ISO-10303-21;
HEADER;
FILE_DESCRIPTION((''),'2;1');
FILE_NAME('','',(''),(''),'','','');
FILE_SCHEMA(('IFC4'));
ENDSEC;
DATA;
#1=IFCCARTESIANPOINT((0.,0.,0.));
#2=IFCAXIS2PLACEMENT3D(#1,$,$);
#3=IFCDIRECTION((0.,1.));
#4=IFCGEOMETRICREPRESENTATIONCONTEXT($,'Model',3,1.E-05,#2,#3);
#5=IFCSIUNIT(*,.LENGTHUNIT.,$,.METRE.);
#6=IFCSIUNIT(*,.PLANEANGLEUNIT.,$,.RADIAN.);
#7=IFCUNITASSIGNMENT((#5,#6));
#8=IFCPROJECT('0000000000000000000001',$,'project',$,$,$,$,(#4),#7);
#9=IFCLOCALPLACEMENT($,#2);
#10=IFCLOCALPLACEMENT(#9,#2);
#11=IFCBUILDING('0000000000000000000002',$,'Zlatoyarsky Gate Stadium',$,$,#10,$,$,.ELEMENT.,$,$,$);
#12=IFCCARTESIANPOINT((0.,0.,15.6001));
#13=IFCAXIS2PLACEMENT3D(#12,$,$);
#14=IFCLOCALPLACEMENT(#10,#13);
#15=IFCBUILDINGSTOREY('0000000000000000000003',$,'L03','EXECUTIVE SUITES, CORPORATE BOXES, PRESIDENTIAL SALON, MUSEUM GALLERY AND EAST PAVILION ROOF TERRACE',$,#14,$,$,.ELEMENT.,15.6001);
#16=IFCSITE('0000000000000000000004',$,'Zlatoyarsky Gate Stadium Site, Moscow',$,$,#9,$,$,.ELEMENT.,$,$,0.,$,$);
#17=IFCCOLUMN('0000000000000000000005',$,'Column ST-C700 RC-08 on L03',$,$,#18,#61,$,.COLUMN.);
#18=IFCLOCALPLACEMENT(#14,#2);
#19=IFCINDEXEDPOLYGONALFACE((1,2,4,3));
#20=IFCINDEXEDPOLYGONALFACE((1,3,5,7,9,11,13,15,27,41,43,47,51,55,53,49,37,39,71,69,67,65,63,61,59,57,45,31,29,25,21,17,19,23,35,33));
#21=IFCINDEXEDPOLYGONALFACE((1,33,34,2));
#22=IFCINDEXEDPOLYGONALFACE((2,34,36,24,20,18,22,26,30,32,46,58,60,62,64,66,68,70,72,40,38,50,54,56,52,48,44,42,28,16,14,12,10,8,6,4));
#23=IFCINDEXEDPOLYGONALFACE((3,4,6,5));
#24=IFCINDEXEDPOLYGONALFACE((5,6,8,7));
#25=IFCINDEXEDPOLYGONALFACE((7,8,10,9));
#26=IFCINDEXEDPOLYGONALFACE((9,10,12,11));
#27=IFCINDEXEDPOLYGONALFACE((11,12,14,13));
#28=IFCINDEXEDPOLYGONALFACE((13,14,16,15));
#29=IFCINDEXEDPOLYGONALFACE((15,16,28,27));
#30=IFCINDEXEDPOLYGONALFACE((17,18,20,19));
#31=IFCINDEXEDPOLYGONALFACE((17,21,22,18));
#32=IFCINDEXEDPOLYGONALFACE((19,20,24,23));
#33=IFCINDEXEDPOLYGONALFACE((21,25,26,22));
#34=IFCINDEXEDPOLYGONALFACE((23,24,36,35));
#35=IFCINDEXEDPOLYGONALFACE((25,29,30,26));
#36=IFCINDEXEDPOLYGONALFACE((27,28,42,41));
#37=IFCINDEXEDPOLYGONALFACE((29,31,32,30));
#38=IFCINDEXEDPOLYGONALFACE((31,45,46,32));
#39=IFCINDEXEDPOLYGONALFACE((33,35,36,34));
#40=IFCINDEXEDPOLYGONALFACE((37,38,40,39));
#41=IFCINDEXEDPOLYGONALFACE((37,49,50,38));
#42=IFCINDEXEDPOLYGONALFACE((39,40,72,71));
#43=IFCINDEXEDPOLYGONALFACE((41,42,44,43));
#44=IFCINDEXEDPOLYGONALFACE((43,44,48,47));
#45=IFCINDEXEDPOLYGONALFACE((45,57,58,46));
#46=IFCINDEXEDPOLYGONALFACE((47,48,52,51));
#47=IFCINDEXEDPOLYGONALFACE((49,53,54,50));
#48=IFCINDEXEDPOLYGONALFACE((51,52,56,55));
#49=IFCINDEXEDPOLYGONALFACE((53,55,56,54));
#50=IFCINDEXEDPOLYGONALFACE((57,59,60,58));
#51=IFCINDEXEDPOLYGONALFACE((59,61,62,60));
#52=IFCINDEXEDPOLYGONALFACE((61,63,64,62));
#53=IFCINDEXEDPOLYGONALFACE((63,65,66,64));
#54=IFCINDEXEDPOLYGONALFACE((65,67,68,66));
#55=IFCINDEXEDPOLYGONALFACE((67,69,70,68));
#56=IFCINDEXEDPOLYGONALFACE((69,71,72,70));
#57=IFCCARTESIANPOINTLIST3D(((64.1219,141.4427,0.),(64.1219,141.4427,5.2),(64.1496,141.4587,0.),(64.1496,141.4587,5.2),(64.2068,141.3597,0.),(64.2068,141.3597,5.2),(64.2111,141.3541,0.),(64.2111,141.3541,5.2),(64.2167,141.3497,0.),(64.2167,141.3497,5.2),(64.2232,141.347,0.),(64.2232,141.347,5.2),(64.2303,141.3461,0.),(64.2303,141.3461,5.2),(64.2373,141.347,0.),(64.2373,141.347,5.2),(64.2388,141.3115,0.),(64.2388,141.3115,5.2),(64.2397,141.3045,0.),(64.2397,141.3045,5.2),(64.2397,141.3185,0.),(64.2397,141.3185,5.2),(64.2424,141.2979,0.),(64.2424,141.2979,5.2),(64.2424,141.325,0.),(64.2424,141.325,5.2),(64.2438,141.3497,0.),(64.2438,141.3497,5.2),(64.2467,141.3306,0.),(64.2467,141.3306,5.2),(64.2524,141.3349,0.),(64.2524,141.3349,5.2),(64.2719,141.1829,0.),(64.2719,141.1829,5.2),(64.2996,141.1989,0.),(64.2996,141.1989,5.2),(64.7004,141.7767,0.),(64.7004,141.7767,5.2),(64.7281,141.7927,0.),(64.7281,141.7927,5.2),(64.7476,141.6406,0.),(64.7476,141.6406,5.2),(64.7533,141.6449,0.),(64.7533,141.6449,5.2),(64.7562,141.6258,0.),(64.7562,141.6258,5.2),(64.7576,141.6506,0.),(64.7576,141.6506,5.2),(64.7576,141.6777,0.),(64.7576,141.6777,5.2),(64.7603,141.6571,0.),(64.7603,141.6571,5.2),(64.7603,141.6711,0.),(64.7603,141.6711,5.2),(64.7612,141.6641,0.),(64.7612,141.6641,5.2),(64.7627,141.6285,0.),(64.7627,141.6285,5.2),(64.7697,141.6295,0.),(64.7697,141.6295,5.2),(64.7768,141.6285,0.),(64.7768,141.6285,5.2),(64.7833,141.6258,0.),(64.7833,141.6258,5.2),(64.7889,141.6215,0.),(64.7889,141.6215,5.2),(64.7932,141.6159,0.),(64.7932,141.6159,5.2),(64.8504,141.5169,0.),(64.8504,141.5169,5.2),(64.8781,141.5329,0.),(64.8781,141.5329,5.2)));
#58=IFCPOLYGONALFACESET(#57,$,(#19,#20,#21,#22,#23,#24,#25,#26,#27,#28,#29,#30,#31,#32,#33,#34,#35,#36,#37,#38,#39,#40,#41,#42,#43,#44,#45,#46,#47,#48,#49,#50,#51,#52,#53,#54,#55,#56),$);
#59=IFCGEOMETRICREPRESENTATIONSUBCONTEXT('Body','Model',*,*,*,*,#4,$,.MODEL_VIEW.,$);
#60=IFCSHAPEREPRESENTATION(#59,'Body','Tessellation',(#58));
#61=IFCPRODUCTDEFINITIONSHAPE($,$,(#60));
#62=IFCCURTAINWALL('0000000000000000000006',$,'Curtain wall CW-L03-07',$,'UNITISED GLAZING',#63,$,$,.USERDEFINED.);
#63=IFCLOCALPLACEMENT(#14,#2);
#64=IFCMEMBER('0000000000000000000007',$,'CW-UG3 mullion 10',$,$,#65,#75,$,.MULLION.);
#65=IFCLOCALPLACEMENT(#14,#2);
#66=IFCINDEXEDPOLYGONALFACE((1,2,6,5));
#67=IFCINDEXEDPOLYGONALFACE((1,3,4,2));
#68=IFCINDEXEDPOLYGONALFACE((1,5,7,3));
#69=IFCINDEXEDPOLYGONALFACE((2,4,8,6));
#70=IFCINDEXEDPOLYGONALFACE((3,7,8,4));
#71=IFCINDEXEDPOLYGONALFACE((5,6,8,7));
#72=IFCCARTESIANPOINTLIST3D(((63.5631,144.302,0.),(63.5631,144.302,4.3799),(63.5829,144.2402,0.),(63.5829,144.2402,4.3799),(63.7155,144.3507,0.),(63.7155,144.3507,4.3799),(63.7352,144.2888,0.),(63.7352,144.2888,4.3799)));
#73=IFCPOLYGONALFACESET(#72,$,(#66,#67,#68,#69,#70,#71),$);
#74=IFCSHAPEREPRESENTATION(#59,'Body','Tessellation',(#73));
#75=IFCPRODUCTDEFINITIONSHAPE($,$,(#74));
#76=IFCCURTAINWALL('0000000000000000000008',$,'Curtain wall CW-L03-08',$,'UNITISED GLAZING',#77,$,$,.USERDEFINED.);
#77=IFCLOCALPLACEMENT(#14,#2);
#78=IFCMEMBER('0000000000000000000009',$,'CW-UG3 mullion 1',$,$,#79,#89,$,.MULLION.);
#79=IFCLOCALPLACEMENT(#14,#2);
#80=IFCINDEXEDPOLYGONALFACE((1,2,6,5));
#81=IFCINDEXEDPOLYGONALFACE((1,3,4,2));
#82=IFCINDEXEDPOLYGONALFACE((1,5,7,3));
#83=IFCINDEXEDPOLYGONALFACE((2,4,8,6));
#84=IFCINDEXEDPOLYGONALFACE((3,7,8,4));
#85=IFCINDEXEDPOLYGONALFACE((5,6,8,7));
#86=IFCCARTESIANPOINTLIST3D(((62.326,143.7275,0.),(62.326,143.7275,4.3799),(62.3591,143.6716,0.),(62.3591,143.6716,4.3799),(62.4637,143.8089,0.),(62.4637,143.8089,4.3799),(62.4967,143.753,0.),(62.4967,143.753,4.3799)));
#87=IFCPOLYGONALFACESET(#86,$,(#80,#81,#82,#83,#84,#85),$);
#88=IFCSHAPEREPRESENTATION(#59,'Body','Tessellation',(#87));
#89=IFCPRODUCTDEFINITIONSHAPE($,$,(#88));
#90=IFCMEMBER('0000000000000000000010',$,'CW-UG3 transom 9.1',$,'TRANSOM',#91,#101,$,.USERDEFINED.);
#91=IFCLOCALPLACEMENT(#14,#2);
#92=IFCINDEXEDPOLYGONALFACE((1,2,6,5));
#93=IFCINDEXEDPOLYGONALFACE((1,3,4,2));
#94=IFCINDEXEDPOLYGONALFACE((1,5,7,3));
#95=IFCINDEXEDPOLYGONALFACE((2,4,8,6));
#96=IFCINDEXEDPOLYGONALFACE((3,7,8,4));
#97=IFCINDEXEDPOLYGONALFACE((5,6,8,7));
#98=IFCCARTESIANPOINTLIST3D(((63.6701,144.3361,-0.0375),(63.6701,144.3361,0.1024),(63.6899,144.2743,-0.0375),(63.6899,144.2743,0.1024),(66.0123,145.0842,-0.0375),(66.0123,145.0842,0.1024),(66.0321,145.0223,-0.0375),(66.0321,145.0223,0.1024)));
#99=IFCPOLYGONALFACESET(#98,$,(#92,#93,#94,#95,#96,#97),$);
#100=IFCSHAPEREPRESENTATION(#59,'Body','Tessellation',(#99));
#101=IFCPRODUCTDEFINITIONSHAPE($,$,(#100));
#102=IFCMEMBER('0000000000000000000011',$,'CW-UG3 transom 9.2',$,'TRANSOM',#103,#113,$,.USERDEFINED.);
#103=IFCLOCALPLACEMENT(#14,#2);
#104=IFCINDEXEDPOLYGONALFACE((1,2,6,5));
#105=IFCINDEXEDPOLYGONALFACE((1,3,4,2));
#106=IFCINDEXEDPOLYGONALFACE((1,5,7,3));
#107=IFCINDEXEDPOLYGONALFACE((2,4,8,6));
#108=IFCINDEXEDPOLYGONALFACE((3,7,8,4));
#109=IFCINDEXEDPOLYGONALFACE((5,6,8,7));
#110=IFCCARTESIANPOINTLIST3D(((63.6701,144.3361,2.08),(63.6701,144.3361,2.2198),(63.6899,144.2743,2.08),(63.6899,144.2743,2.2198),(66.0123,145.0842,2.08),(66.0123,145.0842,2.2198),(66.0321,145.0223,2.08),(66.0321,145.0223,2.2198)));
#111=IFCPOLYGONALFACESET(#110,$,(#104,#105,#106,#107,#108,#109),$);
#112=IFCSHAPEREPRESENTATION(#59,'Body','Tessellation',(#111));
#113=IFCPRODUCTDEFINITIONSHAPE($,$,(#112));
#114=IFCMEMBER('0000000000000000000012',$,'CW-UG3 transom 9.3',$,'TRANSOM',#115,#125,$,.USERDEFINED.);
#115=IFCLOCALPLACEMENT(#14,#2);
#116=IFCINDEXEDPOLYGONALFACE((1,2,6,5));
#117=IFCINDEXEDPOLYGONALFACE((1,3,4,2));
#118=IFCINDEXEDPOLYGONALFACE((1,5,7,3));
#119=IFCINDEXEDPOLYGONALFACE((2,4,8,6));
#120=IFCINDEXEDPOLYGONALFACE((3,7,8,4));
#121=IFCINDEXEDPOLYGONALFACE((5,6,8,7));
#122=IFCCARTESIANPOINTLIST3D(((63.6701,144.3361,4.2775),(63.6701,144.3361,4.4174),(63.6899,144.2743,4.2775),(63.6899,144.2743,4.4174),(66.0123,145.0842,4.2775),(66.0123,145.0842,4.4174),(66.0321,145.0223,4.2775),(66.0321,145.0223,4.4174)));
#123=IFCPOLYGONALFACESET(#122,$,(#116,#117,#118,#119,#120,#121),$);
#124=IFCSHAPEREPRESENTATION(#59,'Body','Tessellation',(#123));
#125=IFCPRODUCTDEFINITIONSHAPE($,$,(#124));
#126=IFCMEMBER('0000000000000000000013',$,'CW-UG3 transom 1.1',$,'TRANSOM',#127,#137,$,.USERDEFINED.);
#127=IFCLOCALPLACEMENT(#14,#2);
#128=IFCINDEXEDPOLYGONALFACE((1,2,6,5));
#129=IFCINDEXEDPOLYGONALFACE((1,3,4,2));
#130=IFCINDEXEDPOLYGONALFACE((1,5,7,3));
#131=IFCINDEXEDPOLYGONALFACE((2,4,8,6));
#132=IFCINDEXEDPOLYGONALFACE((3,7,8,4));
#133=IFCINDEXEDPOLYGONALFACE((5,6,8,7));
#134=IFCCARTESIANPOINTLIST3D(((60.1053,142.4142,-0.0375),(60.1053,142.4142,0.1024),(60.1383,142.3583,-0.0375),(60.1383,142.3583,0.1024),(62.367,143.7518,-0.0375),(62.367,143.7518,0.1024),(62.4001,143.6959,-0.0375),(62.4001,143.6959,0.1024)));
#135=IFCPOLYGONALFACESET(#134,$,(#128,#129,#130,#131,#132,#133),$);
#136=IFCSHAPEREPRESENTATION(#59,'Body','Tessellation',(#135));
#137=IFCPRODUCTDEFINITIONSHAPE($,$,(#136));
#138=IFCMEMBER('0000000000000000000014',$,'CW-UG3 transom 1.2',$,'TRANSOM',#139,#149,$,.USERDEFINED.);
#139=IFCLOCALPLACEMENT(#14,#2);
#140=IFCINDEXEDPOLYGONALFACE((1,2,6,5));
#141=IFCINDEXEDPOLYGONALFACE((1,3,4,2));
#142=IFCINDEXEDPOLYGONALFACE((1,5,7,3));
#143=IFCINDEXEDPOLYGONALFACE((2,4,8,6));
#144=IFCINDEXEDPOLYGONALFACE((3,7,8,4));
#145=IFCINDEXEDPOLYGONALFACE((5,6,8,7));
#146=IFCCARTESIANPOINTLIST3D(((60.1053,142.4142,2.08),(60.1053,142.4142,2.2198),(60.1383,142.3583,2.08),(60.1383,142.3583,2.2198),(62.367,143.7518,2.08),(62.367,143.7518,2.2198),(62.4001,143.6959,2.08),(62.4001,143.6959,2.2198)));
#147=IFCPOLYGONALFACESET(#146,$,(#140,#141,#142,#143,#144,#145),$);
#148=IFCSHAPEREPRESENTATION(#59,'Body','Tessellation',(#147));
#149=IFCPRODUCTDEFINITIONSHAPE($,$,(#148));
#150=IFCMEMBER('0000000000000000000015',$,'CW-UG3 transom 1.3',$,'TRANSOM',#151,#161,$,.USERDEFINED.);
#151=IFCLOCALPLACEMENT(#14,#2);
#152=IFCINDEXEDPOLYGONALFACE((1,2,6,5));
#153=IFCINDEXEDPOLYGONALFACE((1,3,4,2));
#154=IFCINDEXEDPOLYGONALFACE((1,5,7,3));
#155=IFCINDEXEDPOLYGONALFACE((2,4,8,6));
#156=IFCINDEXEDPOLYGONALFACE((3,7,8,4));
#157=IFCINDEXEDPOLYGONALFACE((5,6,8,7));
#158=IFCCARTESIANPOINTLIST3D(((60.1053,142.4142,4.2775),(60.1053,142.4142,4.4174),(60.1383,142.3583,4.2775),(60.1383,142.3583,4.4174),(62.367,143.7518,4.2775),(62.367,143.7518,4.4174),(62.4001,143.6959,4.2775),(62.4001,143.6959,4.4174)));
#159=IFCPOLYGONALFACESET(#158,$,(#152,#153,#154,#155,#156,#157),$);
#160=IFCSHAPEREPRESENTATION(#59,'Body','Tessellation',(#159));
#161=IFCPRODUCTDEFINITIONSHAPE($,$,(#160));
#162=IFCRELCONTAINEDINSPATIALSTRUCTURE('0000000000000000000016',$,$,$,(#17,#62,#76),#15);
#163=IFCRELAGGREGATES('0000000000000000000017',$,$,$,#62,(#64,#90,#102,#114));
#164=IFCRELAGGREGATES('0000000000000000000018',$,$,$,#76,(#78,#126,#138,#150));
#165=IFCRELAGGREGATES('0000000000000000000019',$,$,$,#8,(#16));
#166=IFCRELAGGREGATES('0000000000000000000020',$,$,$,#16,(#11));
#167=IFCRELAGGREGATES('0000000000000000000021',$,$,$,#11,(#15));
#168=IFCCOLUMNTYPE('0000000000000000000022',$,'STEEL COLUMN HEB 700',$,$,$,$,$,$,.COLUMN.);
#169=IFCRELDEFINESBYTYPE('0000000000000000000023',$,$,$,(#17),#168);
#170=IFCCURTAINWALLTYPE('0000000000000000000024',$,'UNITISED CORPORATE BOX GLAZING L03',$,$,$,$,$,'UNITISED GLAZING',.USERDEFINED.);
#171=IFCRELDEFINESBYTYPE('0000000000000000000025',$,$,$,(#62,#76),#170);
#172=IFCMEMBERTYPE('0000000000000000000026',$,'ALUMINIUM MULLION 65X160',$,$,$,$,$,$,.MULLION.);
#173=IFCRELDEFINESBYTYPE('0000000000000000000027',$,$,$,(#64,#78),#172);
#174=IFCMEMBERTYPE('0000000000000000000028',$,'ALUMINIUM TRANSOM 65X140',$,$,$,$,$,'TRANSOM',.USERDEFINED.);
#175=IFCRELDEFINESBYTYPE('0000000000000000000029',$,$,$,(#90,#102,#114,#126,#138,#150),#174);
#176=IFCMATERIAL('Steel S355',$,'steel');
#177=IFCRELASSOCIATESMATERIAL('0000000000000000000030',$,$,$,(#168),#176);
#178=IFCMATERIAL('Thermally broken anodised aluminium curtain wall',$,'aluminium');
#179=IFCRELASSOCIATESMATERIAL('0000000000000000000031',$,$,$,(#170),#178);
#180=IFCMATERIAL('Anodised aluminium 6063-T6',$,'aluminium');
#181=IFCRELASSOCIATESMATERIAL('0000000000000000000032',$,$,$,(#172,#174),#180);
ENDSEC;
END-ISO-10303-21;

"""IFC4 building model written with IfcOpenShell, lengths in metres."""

from ifc_helpers import new_model, si_unit, direction, frame, origin, origin_2d, place, context, subcontext, project, spatial, rectangle, i_section, extrude, material, material_profile, profile_set, type_object, element, aggregate, save


model = new_model("IFC4")

# Units and contexts
model_context = context("Model", 3, precision=1e-05, world=origin(), true_north=direction((0.0, 1.0)))
body_context = subcontext(model_context, "Body", "Model", "MODEL_VIEW")
ifc_project = project(units=[si_unit("LENGTHUNIT", "METRE"), si_unit("PLANEANGLEUNIT", "RADIAN")], contexts=[model_context])

# Site, building, storey
site_placement = place(None, origin())
site = spatial("IfcSite", under=ifc_project, at=site_placement, Name="Zlatoyarsky Gate Stadium Site, Moscow", CompositionType="ELEMENT", RefElevation=0.0)
building_placement = place(site_placement, origin())
building = spatial("IfcBuilding", under=site, at=building_placement, Name="Zlatoyarsky Gate Stadium", CompositionType="ELEMENT")
storey_placement = place(building_placement, frame((0.0, 0.0, 15.6001)))
storey = spatial("IfcBuildingStorey", under=building, at=storey_placement, Name="L03", Description="EXECUTIVE SUITES, CORPORATE BOXES, PRESIDENTIAL SALON, MUSEUM GALLERY AND EAST PAVILION ROOF TERRACE", CompositionType="ELEMENT", Elevation=15.6001)

# Column
ifc_material_1 = material(Name="Steel S355", Category="steel")
ifc_material_profile_1 = material_profile(ifc_material_1, i_section(OverallWidth=0.3, OverallDepth=0.7, WebThickness=0.0171, FlangeThickness=0.032, FilletRadius=0.0271, at=origin_2d()), Name="HEB 700")
ifc_profile_set_1 = profile_set([ifc_material_profile_1], Name="Steel S355")
column_type = type_object("IfcColumnType", Name="STEEL COLUMN HEB 700", PredefinedType="COLUMN", material=ifc_profile_set_1)
column_placement = place(storey_placement, frame((64.5, 141.4878, 0.0), z_axis=(0.0, 0.0, 1.0), x_axis=(-0.5, 0.866025, 0.0)))
element("IfcColumn", 1, at=column_placement, inside=storey, type_object=column_type, Name="Column ST-C700 RC-08 on L03", PredefinedType="COLUMN", context=body_context, shape_type="SweptSolid", body=[
    extrude(i_section(OverallWidth=0.3, OverallDepth=0.7, WebThickness=0.0171, FlangeThickness=0.032, FilletRadius=0.0271, at=origin_2d()), origin(), (0.0, 0.0, 1.0), 5.2),
])

# Curtain walls, members
ifc_material_2 = material(Name="Thermally broken anodised aluminium curtain wall", Category="aluminium")
curtain_wall_type = type_object("IfcCurtainWallType", Name="UNITISED CORPORATE BOX GLAZING L03", ElementType="UNITISED GLAZING", PredefinedType="USERDEFINED", material=ifc_material_2)
curtain_wall_1_placement = place(storey_placement, origin())
curtain_wall_1 = element("IfcCurtainWall", 2, at=curtain_wall_1_placement, inside=storey, type_object=curtain_wall_type, Name="Curtain wall CW-L03-07", ObjectType="UNITISED GLAZING", PredefinedType="USERDEFINED")
ifc_material_3 = material(Name="Anodised aluminium 6063-T6", Category="aluminium")
ifc_material_profile_2 = material_profile(ifc_material_3, rectangle(XDim=0.0649, YDim=0.1599, at=origin_2d()), Name="ALU 65X160")
ifc_profile_set_2 = profile_set([ifc_material_profile_2], Name="Anodised aluminium 6063-T6")
member_type_1 = type_object("IfcMemberType", Name="ALUMINIUM MULLION 65X160", PredefinedType="MULLION", material=ifc_profile_set_2)
member_1_placement = place(storey_placement, frame((63.6492, 144.2954, 0.0), z_axis=(0.0, 0.0, 1.0), x_axis=(0.304162, -0.95262, 0.0)))
member_1 = element("IfcMember", 3, at=member_1_placement, type_object=member_type_1, Name="CW-UG3 mullion 10", PredefinedType="MULLION", context=body_context, shape_type="SweptSolid", body=[
    extrude(rectangle(XDim=0.0649, YDim=0.1599, at=origin_2d()), origin(), (0.0, 0.0, 1.0), 4.3799),
])
curtain_wall_2_placement = place(storey_placement, origin())
curtain_wall_2 = element("IfcCurtainWall", 4, at=curtain_wall_2_placement, inside=storey, type_object=curtain_wall_type, Name="Curtain wall CW-L03-08", ObjectType="UNITISED GLAZING", PredefinedType="USERDEFINED")
member_2_placement = place(storey_placement, frame((62.4114, 143.7402, 0.0), z_axis=(0.0, 0.0, 1.0), x_axis=(0.509098, -0.860708, 0.0)))
member_2 = element("IfcMember", 5, at=member_2_placement, type_object=member_type_1, Name="CW-UG3 mullion 1", PredefinedType="MULLION", context=body_context, shape_type="SweptSolid", body=[
    extrude(rectangle(XDim=0.0649, YDim=0.1599, at=origin_2d()), origin(), (0.0, 0.0, 1.0), 4.3799),
])

# Members
ifc_material_profile_3 = material_profile(ifc_material_3, rectangle(XDim=0.0649, YDim=0.1399, at=origin_2d()), Name="ALU 65X140")
ifc_profile_set_3 = profile_set([ifc_material_profile_3], Name="Anodised aluminium 6063-T6")
member_type_2 = type_object("IfcMemberType", Name="ALUMINIUM TRANSOM 65X140", ElementType="TRANSOM", PredefinedType="USERDEFINED", material=ifc_profile_set_3)
member_3_placement = place(storey_placement, frame((66.0222, 145.0532, 0.0325), z_axis=(-0.952599, -0.304228, 0.0), x_axis=(0.304228, -0.952599, 0.0)))
member_3 = element("IfcMember", 6, at=member_3_placement, type_object=member_type_2, Name="CW-UG3 transom 9.1", ObjectType="TRANSOM", PredefinedType="USERDEFINED", context=body_context, shape_type="SweptSolid", body=[
    extrude(rectangle(XDim=0.0649, YDim=0.1399, at=origin_2d()), origin(), (0.0, 0.0, 1.0), 2.4587),
])
member_4_placement = place(storey_placement, frame((66.0222, 145.0532, 2.1499), z_axis=(-0.952599, -0.304228, 0.0), x_axis=(0.304228, -0.952599, 0.0)))
member_4 = element("IfcMember", 7, at=member_4_placement, type_object=member_type_2, Name="CW-UG3 transom 9.2", ObjectType="TRANSOM", PredefinedType="USERDEFINED", context=body_context, shape_type="SweptSolid", body=[
    extrude(rectangle(XDim=0.0649, YDim=0.1399, at=origin_2d()), origin(), (0.0, 0.0, 1.0), 2.4587),
])
member_5_placement = place(storey_placement, frame((66.0222, 145.0532, 4.3474), z_axis=(-0.952599, -0.304228, 0.0), x_axis=(0.304228, -0.952599, 0.0)))
member_5 = element("IfcMember", 8, at=member_5_placement, type_object=member_type_2, Name="CW-UG3 transom 9.3", ObjectType="TRANSOM", PredefinedType="USERDEFINED", context=body_context, shape_type="SweptSolid", body=[
    extrude(rectangle(XDim=0.0649, YDim=0.1399, at=origin_2d()), origin(), (0.0, 0.0, 1.0), 2.4587),
])
member_6_placement = place(storey_placement, frame((62.3835, 143.7239, 0.0325), z_axis=(-0.86073, -0.509061, 0.0), x_axis=(0.509061, -0.86073, 0.0)))
member_6 = element("IfcMember", 9, at=member_6_placement, type_object=member_type_2, Name="CW-UG3 transom 1.1", ObjectType="TRANSOM", PredefinedType="USERDEFINED", context=body_context, shape_type="SweptSolid", body=[
    extrude(rectangle(XDim=0.0649, YDim=0.1399, at=origin_2d()), origin(), (0.0, 0.0, 1.0), 2.6277),
])
member_7_placement = place(storey_placement, frame((62.3835, 143.7239, 2.1499), z_axis=(-0.86073, -0.509061, 0.0), x_axis=(0.509061, -0.86073, 0.0)))
member_7 = element("IfcMember", 10, at=member_7_placement, type_object=member_type_2, Name="CW-UG3 transom 1.2", ObjectType="TRANSOM", PredefinedType="USERDEFINED", context=body_context, shape_type="SweptSolid", body=[
    extrude(rectangle(XDim=0.0649, YDim=0.1399, at=origin_2d()), origin(), (0.0, 0.0, 1.0), 2.6277),
])
member_8_placement = place(storey_placement, frame((62.3835, 143.7239, 4.3474), z_axis=(-0.86073, -0.509061, 0.0), x_axis=(0.509061, -0.86073, 0.0)))
member_8 = element("IfcMember", 11, at=member_8_placement, type_object=member_type_2, Name="CW-UG3 transom 1.3", ObjectType="TRANSOM", PredefinedType="USERDEFINED", context=body_context, shape_type="SweptSolid", body=[
    extrude(rectangle(XDim=0.0649, YDim=0.1399, at=origin_2d()), origin(), (0.0, 0.0, 1.0), 2.6277),
])

aggregate(curtain_wall_1, [member_1, member_3, member_4, member_5])
aggregate(curtain_wall_2, [member_2, member_6, member_7, member_8])

save(model, "model.ifc")
